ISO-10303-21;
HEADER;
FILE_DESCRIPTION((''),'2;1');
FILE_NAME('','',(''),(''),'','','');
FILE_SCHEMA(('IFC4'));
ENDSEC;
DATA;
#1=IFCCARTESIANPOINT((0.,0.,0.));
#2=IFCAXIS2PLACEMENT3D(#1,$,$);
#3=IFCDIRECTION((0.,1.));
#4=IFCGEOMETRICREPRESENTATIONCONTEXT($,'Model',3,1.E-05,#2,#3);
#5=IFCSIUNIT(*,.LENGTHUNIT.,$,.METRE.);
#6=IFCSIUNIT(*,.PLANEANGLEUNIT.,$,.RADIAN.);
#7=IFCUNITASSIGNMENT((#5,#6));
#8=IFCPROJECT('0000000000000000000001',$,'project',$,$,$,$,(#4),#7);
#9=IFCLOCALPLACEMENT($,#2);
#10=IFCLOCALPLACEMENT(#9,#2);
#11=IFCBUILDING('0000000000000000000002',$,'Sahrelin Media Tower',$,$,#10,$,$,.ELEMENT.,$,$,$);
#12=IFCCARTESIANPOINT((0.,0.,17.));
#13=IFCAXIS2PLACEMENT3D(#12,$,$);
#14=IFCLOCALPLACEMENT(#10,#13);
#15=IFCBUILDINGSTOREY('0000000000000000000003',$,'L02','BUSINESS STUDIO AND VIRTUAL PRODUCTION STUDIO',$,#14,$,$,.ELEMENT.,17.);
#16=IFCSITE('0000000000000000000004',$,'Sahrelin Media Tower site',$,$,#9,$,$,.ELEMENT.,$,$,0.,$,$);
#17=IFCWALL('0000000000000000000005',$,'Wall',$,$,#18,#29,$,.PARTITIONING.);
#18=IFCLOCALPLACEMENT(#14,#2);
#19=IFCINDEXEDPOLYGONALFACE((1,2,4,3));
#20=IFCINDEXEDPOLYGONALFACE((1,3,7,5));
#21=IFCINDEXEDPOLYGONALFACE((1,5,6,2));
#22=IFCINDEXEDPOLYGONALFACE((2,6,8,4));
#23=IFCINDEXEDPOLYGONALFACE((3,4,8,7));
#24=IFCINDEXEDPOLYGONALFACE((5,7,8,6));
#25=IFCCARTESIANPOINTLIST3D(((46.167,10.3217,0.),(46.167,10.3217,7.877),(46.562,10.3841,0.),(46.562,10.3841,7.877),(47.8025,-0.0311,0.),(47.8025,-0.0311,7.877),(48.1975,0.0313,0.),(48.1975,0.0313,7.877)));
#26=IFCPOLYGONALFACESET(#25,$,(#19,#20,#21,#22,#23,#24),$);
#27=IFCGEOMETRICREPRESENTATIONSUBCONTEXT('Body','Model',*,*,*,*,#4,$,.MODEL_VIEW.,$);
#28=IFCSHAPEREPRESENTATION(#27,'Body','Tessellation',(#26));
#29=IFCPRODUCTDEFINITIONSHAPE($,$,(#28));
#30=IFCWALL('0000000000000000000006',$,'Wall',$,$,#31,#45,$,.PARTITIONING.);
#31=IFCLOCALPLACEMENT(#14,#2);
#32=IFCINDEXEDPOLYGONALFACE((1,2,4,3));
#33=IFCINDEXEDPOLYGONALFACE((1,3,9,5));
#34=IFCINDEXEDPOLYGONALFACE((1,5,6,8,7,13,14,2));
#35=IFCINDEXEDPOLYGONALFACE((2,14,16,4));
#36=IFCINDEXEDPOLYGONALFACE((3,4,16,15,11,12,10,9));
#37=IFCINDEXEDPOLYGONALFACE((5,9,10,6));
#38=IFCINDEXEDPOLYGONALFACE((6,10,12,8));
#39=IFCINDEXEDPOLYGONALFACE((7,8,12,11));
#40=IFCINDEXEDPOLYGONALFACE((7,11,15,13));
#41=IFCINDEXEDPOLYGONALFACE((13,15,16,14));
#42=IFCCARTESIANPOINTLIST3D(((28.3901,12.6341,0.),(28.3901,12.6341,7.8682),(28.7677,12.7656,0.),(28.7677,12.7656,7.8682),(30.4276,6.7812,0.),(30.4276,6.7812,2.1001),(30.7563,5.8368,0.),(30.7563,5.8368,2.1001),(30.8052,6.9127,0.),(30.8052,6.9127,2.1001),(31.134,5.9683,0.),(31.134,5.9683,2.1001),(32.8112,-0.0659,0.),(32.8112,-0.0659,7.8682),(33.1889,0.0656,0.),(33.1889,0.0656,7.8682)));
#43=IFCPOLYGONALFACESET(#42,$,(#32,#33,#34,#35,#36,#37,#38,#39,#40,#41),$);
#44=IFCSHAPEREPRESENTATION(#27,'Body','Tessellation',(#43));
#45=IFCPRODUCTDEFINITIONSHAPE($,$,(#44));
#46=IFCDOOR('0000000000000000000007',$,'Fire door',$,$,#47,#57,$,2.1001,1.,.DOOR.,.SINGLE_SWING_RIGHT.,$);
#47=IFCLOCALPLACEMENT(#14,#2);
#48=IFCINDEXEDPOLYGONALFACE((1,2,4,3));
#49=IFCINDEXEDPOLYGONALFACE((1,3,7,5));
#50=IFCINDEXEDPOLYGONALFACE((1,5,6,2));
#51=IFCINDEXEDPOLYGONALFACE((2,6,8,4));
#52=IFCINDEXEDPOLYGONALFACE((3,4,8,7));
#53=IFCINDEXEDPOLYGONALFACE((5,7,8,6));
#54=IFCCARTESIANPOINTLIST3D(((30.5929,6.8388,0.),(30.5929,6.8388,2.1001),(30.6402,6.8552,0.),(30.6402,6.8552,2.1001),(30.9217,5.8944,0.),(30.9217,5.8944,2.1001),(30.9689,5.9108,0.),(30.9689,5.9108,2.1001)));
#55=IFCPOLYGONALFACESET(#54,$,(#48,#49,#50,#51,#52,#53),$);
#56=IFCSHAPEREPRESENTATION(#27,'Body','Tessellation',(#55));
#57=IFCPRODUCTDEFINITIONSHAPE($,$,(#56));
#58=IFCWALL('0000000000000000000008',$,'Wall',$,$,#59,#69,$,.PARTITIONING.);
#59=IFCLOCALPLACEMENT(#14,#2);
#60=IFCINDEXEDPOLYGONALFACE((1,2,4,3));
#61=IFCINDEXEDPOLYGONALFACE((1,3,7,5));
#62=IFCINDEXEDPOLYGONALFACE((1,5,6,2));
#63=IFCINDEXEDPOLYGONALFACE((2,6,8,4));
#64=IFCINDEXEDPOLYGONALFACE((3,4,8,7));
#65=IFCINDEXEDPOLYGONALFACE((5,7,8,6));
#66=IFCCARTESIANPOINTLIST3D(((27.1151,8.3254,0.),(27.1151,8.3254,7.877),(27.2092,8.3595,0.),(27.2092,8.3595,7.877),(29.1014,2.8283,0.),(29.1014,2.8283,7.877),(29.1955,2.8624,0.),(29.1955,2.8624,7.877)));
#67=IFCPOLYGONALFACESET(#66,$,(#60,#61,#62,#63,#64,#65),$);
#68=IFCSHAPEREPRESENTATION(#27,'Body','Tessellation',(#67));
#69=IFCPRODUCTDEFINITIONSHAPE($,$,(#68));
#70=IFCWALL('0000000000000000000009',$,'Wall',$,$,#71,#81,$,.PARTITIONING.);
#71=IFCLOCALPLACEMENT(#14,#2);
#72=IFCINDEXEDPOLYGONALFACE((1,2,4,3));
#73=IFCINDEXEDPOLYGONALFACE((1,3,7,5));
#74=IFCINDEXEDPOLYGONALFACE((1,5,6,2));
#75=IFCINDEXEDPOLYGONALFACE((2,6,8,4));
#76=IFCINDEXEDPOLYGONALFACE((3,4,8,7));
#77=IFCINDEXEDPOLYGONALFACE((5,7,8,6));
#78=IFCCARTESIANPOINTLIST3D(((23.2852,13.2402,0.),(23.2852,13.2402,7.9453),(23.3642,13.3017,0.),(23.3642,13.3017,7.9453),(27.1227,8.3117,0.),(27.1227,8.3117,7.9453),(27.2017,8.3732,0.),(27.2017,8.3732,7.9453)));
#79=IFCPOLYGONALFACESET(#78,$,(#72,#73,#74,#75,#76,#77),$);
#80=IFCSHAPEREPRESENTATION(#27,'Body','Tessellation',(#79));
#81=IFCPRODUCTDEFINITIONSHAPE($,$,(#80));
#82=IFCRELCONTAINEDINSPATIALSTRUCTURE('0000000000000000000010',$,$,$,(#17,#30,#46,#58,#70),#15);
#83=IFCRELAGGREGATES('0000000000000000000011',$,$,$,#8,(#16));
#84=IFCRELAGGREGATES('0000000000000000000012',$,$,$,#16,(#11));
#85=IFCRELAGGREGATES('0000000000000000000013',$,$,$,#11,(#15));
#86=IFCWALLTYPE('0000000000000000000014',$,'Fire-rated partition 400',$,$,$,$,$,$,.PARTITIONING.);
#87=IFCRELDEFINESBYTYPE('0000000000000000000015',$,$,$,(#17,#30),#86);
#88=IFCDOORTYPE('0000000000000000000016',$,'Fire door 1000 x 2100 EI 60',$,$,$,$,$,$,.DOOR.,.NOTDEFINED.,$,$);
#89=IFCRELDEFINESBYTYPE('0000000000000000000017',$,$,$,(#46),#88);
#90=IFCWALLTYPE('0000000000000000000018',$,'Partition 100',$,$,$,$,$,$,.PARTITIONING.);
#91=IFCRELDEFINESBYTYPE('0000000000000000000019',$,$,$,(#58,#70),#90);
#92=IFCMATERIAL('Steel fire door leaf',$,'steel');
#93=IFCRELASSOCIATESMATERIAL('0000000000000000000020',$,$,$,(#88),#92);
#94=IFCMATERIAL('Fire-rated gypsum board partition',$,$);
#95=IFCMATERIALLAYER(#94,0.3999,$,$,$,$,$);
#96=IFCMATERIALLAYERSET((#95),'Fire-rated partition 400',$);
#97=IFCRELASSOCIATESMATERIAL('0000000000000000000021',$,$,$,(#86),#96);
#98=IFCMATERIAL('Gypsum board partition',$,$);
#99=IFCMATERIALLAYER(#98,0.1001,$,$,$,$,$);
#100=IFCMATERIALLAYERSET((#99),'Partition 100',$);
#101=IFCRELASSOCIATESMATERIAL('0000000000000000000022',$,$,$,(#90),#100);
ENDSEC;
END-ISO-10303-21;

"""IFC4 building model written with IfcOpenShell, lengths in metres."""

from ifc_helpers import new_model, si_unit, direction, frame, frame_2d, origin, place, context, subcontext, project, spatial, rectangle, extrude, material, layer, layer_set, type_object, element, fill, save


model = new_model("IFC4")

# Units and contexts
model_context = context("Model", 3, precision=1e-05, world=origin(), true_north=direction((0.0, 1.0)))
body_context = subcontext(model_context, "Body", "Model", "MODEL_VIEW")
ifc_project = project(units=[si_unit("LENGTHUNIT", "METRE"), si_unit("PLANEANGLEUNIT", "RADIAN")], contexts=[model_context])

# Site, building, storey
site_placement = place(None, origin())
site = spatial("IfcSite", under=ifc_project, at=site_placement, Name="Sahrelin Media Tower site", CompositionType="ELEMENT", RefElevation=0.0)
building_placement = place(site_placement, origin())
building = spatial("IfcBuilding", under=site, at=building_placement, Name="Sahrelin Media Tower", CompositionType="ELEMENT")
storey_placement = place(building_placement, frame((0.0, 0.0, 17.0)))
storey = spatial("IfcBuildingStorey", under=building, at=storey_placement, Name="L02", Description="BUSINESS STUDIO AND VIRTUAL PRODUCTION STUDIO", CompositionType="ELEMENT", Elevation=17.0)

# Shared definitions
ifc_material_1 = material(Name="Fire-rated gypsum board partition")

# Shared definitions
ifc_material_2 = material(Name="Steel fire door leaf", Category="steel")
door_type = type_object("IfcDoorType", Name="Fire door 1000 x 2100 EI 60", OperationType="NOTDEFINED", PredefinedType="DOOR", material=ifc_material_2)

# Wall
ifc_layer_1 = layer(ifc_material_1, 0.3999)
ifc_layer_set_1 = layer_set([ifc_layer_1], Name="Fire-rated partition 400")
wall_type_1 = type_object("IfcWallType", Name="Fire-rated partition 400", PredefinedType="PARTITIONING", material=ifc_layer_set_1)
wall_1_placement = place(storey_placement, frame((48.0, 0.0, 0.0), z_axis=(0.0, 0.0, 1.0), x_axis=(-0.156042, 0.98775, 0.0)))
element("IfcWall", 1, at=wall_1_placement, inside=storey, type_object=wall_type_1, Name="Wall", PredefinedType="PARTITIONING", context=body_context, shape_type="SweptSolid", body=[
    extrude(rectangle(XDim=10.4812, YDim=0.3999, at=frame_2d((5.2407, 0.0))), origin(), (0.0, 0.0, 1.0), 7.877),
])

# Wall, opening, door
wall_2_placement = place(storey_placement, frame((33.0, 0.0, 0.0), z_axis=(0.0, 0.0, 1.0), x_axis=(-0.328771, 0.94441, 0.0)))
wall_2 = element("IfcWall", 2, at=wall_2_placement, inside=storey, type_object=wall_type_1, Name="Wall", PredefinedType="PARTITIONING", context=body_context, shape_type="SweptSolid", body=[
    extrude(rectangle(XDim=13.4475, YDim=0.3999, at=frame_2d((6.7236, 0.0))), origin(), (0.0, 0.0, 1.0), 7.8682),
])
opening_1_placement = place(wall_2_placement, frame((6.25, 0.0, 0.0)))
opening_1 = element("IfcOpeningElement", 3, at=opening_1_placement, cuts=wall_2, PredefinedType="OPENING", context=body_context, shape_type="SweptSolid", body=[
    extrude(rectangle(XDim=1.0, YDim=2.1001, at=frame_2d((0.5, 1.05))), frame((0.0, 0.2, 0.0), z_axis=(0.0, -1.0, 0.0), x_axis=(1.0, 0.0, 0.0)), (0.0, 0.0, 1.0), 0.3999),
])
door_1_placement = place(opening_1_placement, origin())
door_1 = element("IfcDoor", 4, at=door_1_placement, inside=storey, type_object=door_type, Name="Fire door", OperationType="SINGLE_SWING_RIGHT", OverallHeight=2.1001, OverallWidth=1.0, PredefinedType="DOOR", context=body_context, shape_type="SweptSolid", body=[
    extrude(rectangle(XDim=1.0, YDim=2.1001, at=frame_2d((0.5, 1.05))), frame((0.0, 0.0249, 0.0), z_axis=(0.0, -1.0, 0.0), x_axis=(1.0, 0.0, 0.0)), (0.0, 0.0, 1.0), 0.05),
])
fill(opening_1, door_1)

# Walls
ifc_material_3 = material(Name="Gypsum board partition")
ifc_layer_2 = layer(ifc_material_3, 0.1001)
ifc_layer_set_2 = layer_set([ifc_layer_2], Name="Partition 100")
wall_type_2 = type_object("IfcWallType", Name="Partition 100", PredefinedType="PARTITIONING", material=ifc_layer_set_2)
wall_3_placement = place(storey_placement, frame((29.1484, 2.8455, 0.0), z_axis=(0.0, 0.0, 1.0), x_axis=(-0.339837, 0.940484, 0.0)))
element("IfcWall", 5, at=wall_3_placement, inside=storey, type_object=wall_type_2, Name="Wall", PredefinedType="PARTITIONING", context=body_context, shape_type="SweptSolid", body=[
    extrude(rectangle(XDim=5.845, YDim=0.1001, at=frame_2d((2.9224, 0.0))), origin(), (0.0, 0.0, 1.0), 7.877),
])
wall_4_placement = place(storey_placement, frame((27.1621, 8.3425, 0.0), z_axis=(0.0, 0.0, 1.0), x_axis=(-0.614355, 0.78903, 0.0)))
element("IfcWall", 6, at=wall_4_placement, inside=storey, type_object=wall_type_2, Name="Wall", PredefinedType="PARTITIONING", context=body_context, shape_type="SweptSolid", body=[
    extrude(rectangle(XDim=6.2463, YDim=0.1001, at=frame_2d((3.123, 0.0))), origin(), (0.0, 0.0, 1.0), 7.9453),
])

save(model, "model.ifc")
